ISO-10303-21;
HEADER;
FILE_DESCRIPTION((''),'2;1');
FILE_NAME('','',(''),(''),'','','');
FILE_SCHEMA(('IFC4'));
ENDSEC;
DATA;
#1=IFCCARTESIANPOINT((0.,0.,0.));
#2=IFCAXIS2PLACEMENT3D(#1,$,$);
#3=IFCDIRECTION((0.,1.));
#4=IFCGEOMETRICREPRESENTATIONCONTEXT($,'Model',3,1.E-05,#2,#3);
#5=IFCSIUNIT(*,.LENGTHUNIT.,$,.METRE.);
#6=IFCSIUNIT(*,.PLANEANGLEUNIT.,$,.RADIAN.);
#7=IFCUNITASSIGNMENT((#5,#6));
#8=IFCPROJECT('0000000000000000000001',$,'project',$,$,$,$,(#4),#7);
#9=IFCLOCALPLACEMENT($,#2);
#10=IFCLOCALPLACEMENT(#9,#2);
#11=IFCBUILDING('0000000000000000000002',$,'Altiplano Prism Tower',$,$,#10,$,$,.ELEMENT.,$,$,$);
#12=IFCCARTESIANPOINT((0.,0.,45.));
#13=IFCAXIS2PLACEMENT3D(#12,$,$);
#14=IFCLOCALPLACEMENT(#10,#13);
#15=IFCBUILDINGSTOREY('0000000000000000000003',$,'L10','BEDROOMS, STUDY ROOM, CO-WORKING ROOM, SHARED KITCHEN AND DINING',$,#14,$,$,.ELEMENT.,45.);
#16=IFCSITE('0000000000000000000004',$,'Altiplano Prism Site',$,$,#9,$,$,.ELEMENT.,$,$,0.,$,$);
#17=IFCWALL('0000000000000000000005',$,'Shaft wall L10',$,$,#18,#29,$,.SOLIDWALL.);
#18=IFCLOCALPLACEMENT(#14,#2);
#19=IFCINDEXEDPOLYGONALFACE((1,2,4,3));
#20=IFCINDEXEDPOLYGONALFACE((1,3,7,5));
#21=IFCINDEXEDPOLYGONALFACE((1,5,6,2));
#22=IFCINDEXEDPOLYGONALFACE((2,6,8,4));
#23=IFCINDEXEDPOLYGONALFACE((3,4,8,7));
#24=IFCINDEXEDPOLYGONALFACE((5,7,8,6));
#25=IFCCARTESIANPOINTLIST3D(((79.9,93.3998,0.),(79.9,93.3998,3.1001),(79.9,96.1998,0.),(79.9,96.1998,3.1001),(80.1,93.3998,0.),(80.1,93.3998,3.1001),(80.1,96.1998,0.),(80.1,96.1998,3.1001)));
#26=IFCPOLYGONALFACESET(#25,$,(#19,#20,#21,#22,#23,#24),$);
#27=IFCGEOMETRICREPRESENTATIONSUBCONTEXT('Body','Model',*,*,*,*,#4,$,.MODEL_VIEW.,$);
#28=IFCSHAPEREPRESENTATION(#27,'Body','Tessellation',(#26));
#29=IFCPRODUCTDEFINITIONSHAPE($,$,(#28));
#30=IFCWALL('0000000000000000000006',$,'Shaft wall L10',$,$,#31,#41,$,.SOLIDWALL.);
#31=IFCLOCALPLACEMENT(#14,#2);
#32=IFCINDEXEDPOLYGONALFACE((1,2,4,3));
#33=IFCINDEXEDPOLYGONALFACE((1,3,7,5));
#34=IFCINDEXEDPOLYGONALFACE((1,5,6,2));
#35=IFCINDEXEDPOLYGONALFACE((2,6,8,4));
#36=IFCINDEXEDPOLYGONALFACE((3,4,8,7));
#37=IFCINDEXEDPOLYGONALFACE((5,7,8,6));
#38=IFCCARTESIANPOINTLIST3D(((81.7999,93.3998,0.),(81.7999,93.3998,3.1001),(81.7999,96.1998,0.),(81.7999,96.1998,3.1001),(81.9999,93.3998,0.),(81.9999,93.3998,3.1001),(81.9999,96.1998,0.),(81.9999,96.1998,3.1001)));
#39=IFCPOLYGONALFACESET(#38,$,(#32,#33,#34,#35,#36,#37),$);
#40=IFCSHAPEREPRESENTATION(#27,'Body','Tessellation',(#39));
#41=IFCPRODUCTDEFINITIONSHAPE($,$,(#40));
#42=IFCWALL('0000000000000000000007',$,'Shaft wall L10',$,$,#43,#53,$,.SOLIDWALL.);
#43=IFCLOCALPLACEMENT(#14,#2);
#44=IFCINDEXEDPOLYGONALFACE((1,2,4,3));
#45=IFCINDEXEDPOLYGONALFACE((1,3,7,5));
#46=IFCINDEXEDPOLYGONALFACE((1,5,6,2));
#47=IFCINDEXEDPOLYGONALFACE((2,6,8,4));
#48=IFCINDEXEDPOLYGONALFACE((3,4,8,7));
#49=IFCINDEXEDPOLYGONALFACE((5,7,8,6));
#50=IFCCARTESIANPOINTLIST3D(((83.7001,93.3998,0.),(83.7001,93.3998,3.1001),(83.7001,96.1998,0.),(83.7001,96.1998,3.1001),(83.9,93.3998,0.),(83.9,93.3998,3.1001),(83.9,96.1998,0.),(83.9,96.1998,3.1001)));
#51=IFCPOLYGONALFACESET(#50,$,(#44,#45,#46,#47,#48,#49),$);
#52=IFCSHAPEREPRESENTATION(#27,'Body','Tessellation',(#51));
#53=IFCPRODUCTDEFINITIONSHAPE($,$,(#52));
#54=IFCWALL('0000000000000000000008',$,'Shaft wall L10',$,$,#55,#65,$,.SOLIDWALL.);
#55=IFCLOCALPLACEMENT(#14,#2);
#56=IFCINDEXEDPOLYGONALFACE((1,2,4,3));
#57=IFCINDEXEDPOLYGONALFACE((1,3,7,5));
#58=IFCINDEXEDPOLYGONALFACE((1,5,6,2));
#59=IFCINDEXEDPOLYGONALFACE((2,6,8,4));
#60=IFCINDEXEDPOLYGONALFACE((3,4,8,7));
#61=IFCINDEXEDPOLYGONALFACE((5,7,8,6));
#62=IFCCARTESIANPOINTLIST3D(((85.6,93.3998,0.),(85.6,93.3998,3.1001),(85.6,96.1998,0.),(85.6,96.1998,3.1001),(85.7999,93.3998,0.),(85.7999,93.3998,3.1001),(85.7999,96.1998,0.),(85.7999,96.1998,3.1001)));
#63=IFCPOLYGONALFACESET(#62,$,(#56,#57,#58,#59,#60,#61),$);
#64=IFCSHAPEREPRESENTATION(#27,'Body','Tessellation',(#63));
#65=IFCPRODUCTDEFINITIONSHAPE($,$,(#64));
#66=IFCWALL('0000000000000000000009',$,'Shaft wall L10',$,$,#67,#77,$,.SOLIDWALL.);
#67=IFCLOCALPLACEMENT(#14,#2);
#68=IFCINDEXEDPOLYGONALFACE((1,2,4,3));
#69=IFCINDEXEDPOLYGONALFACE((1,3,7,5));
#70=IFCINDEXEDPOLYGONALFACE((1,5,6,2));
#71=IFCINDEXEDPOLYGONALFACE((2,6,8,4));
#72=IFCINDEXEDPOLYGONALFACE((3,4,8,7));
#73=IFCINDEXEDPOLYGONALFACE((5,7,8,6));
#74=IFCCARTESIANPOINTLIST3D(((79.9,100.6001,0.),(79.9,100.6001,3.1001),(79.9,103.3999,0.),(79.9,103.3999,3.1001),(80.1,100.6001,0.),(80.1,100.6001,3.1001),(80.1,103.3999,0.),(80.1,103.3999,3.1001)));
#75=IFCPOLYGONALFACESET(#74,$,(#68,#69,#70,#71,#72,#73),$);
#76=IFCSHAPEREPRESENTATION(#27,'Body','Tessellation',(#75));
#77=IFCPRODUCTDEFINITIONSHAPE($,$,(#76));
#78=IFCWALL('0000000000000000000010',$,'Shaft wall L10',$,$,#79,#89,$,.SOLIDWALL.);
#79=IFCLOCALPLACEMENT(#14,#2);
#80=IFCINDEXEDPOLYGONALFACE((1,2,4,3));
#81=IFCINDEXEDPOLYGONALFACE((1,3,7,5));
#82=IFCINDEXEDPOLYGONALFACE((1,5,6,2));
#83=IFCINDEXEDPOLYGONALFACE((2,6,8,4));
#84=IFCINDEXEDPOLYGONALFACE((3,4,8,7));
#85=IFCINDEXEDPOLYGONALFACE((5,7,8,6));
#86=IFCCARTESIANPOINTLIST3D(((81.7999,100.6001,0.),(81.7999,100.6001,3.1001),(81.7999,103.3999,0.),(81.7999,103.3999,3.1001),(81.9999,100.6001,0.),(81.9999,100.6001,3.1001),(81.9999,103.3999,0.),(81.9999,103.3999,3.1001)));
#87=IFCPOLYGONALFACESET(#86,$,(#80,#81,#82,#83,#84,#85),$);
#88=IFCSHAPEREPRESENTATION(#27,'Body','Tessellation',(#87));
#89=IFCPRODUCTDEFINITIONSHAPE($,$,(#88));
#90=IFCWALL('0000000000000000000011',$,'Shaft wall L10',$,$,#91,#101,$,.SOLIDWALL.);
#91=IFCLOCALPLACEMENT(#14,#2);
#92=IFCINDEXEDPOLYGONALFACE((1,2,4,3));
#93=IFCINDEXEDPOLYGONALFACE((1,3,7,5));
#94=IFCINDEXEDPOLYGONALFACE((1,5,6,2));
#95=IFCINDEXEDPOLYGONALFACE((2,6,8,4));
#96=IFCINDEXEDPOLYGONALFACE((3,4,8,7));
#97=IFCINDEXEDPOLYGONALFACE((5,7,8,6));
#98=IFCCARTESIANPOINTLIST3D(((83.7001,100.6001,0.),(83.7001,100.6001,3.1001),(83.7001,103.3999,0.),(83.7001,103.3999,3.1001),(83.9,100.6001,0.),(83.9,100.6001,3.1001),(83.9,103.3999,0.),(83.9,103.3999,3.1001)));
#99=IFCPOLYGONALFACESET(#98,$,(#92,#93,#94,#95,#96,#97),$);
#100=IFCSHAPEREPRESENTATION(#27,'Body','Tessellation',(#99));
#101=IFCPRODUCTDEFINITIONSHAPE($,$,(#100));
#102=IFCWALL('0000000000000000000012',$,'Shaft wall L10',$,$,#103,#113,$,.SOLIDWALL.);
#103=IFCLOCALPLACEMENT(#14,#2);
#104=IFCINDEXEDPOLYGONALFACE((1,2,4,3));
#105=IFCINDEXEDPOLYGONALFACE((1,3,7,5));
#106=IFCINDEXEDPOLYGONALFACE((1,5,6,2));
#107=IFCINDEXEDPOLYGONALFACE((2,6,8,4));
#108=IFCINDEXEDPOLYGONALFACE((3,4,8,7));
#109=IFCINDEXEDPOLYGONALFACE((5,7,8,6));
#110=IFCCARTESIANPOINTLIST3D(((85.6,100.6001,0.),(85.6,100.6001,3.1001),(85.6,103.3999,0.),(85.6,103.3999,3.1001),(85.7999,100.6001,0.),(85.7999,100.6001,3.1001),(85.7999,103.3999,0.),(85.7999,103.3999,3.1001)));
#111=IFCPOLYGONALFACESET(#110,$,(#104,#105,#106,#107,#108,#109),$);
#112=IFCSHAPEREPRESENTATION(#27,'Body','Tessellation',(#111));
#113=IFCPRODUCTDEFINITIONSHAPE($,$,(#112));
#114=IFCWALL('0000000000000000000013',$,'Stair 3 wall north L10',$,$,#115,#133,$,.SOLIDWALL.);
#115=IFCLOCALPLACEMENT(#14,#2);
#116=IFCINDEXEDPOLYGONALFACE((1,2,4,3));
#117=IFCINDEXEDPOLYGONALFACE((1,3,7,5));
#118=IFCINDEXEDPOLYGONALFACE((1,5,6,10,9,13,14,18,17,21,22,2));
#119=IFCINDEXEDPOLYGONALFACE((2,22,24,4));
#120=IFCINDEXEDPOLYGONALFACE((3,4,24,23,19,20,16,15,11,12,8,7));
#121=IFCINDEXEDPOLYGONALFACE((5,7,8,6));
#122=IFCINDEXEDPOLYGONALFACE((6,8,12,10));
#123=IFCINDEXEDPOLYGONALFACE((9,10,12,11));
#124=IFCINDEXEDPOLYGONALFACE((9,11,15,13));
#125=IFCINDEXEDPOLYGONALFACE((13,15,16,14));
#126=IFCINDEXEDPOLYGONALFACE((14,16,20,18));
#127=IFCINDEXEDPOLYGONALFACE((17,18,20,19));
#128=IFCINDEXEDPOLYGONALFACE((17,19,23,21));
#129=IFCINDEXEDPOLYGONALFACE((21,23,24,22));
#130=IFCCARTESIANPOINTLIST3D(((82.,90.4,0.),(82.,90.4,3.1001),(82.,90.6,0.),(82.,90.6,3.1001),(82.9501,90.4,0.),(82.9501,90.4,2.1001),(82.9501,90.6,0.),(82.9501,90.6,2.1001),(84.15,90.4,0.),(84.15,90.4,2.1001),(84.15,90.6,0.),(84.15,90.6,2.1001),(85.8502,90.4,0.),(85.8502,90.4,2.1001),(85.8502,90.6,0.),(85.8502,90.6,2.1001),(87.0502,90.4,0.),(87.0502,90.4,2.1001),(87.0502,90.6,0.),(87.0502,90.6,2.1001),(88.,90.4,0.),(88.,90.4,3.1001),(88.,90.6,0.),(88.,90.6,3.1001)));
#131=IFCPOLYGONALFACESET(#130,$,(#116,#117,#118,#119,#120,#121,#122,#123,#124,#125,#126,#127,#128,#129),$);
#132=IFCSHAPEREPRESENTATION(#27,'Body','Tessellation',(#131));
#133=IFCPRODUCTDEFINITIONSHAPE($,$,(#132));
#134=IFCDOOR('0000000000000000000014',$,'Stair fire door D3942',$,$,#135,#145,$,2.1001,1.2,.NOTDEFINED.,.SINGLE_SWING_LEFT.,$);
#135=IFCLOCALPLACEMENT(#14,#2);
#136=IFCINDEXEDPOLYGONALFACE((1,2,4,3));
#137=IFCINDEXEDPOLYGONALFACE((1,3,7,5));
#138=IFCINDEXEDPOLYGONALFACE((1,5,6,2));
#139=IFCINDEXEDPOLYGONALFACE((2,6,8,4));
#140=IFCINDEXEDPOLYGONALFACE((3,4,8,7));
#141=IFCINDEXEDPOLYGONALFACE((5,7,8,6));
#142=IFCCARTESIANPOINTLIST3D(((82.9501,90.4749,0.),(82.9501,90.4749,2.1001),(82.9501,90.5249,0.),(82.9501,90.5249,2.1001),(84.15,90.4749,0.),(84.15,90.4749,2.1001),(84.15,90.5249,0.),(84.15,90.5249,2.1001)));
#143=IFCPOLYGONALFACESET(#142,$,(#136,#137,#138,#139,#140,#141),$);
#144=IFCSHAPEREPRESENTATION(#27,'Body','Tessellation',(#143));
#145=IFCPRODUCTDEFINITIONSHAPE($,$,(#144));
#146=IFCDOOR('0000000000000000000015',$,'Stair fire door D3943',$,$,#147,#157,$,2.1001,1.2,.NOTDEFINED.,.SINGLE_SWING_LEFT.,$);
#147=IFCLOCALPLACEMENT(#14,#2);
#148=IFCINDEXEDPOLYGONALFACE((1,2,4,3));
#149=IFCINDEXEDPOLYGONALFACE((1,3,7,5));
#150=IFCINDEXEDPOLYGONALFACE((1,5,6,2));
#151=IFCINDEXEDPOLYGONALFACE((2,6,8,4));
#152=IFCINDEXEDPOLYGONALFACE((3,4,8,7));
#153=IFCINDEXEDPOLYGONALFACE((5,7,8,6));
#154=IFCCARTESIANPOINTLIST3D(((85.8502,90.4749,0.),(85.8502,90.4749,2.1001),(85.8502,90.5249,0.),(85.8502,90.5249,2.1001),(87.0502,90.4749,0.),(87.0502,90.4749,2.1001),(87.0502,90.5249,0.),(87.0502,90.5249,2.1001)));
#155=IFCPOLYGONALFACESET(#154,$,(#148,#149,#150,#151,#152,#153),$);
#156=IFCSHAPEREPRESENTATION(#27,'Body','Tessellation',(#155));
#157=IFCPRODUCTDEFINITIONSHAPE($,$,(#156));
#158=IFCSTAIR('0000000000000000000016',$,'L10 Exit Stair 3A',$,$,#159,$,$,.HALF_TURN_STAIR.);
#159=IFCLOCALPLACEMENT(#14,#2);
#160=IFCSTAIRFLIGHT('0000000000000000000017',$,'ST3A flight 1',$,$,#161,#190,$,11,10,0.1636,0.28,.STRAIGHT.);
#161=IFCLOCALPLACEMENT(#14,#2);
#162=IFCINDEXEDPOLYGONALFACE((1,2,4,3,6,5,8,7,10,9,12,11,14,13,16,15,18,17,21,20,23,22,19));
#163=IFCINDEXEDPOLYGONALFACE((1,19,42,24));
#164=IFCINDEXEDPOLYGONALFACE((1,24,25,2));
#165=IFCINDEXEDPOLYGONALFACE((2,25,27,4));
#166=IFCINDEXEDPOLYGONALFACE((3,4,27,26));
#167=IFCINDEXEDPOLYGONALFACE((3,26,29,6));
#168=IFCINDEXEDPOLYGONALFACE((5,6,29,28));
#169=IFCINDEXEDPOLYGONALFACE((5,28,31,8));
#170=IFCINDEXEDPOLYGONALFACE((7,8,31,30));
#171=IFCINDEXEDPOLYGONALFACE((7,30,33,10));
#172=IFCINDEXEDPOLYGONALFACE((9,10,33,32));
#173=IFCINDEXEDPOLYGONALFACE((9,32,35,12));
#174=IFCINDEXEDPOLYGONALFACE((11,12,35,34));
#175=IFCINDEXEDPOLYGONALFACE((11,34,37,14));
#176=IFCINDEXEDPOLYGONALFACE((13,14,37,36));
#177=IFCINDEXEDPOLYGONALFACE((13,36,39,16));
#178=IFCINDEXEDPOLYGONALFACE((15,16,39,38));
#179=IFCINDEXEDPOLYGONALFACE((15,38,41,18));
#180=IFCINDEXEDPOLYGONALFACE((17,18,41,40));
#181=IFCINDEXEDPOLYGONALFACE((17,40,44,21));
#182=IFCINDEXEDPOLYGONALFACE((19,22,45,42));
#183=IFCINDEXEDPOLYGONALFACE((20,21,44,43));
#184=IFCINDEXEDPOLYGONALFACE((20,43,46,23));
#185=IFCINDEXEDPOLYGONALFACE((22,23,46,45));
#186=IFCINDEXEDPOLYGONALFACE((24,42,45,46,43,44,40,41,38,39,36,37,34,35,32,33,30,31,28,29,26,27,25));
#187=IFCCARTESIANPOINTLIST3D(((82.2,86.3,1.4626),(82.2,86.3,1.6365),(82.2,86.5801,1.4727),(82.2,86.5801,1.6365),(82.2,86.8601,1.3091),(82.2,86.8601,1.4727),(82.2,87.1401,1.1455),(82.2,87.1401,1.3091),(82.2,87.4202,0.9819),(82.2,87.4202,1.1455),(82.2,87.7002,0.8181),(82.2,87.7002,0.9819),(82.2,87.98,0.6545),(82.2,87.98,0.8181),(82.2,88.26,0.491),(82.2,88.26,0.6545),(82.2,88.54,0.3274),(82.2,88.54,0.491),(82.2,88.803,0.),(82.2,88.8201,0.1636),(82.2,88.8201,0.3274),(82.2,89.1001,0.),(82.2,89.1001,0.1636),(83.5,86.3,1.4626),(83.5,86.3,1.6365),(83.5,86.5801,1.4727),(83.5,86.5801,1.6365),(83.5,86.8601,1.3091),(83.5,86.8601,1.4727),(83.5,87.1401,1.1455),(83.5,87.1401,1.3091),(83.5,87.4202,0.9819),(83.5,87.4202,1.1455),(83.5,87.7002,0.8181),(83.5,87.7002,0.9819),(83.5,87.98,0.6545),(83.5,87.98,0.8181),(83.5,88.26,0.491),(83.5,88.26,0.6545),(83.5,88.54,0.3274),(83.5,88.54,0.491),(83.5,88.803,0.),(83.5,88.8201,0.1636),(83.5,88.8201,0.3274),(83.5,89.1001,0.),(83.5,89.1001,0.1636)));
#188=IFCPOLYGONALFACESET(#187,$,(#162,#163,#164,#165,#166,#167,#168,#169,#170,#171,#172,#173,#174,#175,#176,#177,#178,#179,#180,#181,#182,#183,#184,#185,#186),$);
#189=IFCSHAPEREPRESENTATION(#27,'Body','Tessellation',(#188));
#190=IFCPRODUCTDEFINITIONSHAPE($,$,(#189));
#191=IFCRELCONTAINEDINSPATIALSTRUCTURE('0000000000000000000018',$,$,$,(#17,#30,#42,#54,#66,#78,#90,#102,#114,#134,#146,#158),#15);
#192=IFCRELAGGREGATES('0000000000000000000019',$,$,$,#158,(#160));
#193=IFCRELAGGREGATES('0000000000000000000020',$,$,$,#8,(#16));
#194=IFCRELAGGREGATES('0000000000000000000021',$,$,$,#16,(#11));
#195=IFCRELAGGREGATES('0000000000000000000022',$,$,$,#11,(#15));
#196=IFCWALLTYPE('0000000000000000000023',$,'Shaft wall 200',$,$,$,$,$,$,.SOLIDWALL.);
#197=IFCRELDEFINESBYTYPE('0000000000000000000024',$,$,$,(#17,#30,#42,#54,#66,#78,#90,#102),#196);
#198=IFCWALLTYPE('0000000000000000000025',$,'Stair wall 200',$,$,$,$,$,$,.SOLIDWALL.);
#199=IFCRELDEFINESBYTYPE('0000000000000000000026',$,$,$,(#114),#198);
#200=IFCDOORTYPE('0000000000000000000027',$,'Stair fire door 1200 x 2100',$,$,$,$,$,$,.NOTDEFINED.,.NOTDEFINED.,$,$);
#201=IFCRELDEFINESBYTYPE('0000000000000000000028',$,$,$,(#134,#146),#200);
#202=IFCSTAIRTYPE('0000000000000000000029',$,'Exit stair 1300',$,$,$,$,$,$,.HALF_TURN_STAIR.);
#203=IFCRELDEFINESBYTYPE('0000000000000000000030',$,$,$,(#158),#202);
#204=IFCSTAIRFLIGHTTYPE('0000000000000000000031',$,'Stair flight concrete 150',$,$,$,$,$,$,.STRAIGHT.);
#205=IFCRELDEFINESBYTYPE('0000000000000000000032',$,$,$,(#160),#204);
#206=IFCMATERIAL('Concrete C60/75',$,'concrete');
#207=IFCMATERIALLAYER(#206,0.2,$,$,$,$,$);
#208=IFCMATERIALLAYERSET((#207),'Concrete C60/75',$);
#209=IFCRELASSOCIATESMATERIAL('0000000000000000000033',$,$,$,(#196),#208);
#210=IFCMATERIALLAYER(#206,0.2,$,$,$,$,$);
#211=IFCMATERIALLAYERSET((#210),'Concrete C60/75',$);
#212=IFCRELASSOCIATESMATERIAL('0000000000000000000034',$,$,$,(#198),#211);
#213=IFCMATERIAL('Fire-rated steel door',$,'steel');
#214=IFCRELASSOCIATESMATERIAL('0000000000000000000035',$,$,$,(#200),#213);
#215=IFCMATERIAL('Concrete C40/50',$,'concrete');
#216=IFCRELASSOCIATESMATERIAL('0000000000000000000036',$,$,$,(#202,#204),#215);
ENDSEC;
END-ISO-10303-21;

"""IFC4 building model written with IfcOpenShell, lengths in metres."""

from ifc_helpers import new_model, si_unit, direction, frame, frame_2d, origin, place, context, subcontext, project, spatial, polyline, rectangle, outline, extrude, material, layer, layer_set, type_object, element, fill, aggregate, save


model = new_model("IFC4")

# Units and contexts
model_context = context("Model", 3, precision=1e-05, world=origin(), true_north=direction((0.0, 1.0)))
body_context = subcontext(model_context, "Body", "Model", "MODEL_VIEW")
ifc_project = project(units=[si_unit("LENGTHUNIT", "METRE"), si_unit("PLANEANGLEUNIT", "RADIAN")], contexts=[model_context])

# Site, building, storey
site_placement = place(None, origin())
site = spatial("IfcSite", under=ifc_project, at=site_placement, Name="Altiplano Prism Site", CompositionType="ELEMENT", RefElevation=0.0)
building_placement = place(site_placement, origin())
building = spatial("IfcBuilding", under=site, at=building_placement, Name="Altiplano Prism Tower", CompositionType="ELEMENT")
storey_placement = place(building_placement, frame((0.0, 0.0, 45.0)))
storey = spatial("IfcBuildingStorey", under=building, at=storey_placement, Name="L10", Description="BEDROOMS, STUDY ROOM, CO-WORKING ROOM, SHARED KITCHEN AND DINING", CompositionType="ELEMENT", Elevation=45.0)

# Walls
ifc_material_1 = material(Name="Concrete C60/75", Category="concrete")
ifc_layer_1 = layer(ifc_material_1, 0.2)
ifc_layer_set_1 = layer_set([ifc_layer_1], Name="Concrete C60/75")
wall_type_1 = type_object("IfcWallType", Name="Shaft wall 200", PredefinedType="SOLIDWALL", material=ifc_layer_set_1)
for number, where, z_axis, x_axis, name in (
    (1, (80.0, 93.3999, 0.0), (0.0, 0.0, 1.0), (0.0, 1.0, 0.0), "Shaft wall L10"),
    (2, (81.8999, 93.3999, 0.0), (0.0, 0.0, 1.0), (0.0, 1.0, 0.0), "Shaft wall L10"),
    (3, (83.8, 93.3999, 0.0), (0.0, 0.0, 1.0), (0.0, 1.0, 0.0), "Shaft wall L10"),
    (4, (85.7, 93.3999, 0.0), (0.0, 0.0, 1.0), (0.0, 1.0, 0.0), "Shaft wall L10"),
):
    element("IfcWall", number, at=place(storey_placement, frame(where, z_axis=z_axis, x_axis=x_axis)), inside=storey, type_object=wall_type_1, Name=name, PredefinedType="SOLIDWALL", context=body_context, shape_type="SweptSolid", body=[
        extrude(rectangle(XDim=2.8, YDim=0.2, at=frame_2d((1.3999, 0.0))), origin(), (0.0, 0.0, 1.0), 3.1001),
    ])
for number, where, z_axis, x_axis, name in (
    (5, (80.0, 100.6001, 0.0), (0.0, 0.0, 1.0), (0.0, 1.0, 0.0), "Shaft wall L10"),
    (6, (81.8999, 100.6001, 0.0), (0.0, 0.0, 1.0), (0.0, 1.0, 0.0), "Shaft wall L10"),
    (7, (83.8, 100.6001, 0.0), (0.0, 0.0, 1.0), (0.0, 1.0, 0.0), "Shaft wall L10"),
    (8, (85.7, 100.6001, 0.0), (0.0, 0.0, 1.0), (0.0, 1.0, 0.0), "Shaft wall L10"),
):
    element("IfcWall", number, at=place(storey_placement, frame(where, z_axis=z_axis, x_axis=x_axis)), inside=storey, type_object=wall_type_1, Name=name, PredefinedType="SOLIDWALL", context=body_context, shape_type="SweptSolid", body=[
        extrude(rectangle(XDim=2.7998, YDim=0.2, at=frame_2d((1.3999, 0.0))), origin(), (0.0, 0.0, 1.0), 3.1001),
    ])

# Wall, openings, doors
ifc_layer_2 = layer(ifc_material_1, 0.2)
ifc_layer_set_2 = layer_set([ifc_layer_2], Name="Concrete C60/75")
wall_type_2 = type_object("IfcWallType", Name="Stair wall 200", PredefinedType="SOLIDWALL", material=ifc_layer_set_2)
wall_placement = place(storey_placement, frame((82.0, 90.5, 0.0), z_axis=(0.0, 0.0, 1.0), x_axis=(1.0, 0.0, 0.0)))
wall = element("IfcWall", 9, at=wall_placement, inside=storey, type_object=wall_type_2, Name="Stair 3 wall north L10", PredefinedType="SOLIDWALL", context=body_context, shape_type="SweptSolid", body=[
    extrude(rectangle(XDim=6.0, YDim=0.2, at=frame_2d((3.0, 0.0))), origin(), (0.0, 0.0, 1.0), 3.1001),
])
opening_1_placement = place(wall_placement, frame((0.95, 0.0, 0.0)))
opening_1 = element("IfcOpeningElement", 10, at=opening_1_placement, cuts=wall, PredefinedType="OPENING", context=body_context, shape_type="SweptSolid", body=[
    extrude(rectangle(XDim=1.2, YDim=2.1001, at=frame_2d((0.6001, 1.05))), frame((0.0, 0.1104, 0.0), z_axis=(0.0, -1.0, 0.0), x_axis=(1.0, 0.0, 0.0)), (0.0, 0.0, 1.0), 0.2209),
])
opening_2_placement = place(wall_placement, frame((3.8501, 0.0, 0.0)))
opening_2 = element("IfcOpeningElement", 11, at=opening_2_placement, cuts=wall, PredefinedType="OPENING", context=body_context, shape_type="SweptSolid", body=[
    extrude(rectangle(XDim=1.2, YDim=2.1001, at=frame_2d((0.6001, 1.05))), frame((0.0, 0.1104, 0.0), z_axis=(0.0, -1.0, 0.0), x_axis=(1.0, 0.0, 0.0)), (0.0, 0.0, 1.0), 0.2209),
])
ifc_material_2 = material(Name="Fire-rated steel door", Category="steel")
door_type = type_object("IfcDoorType", Name="Stair fire door 1200 x 2100", OperationType="NOTDEFINED", PredefinedType="NOTDEFINED", material=ifc_material_2)
door_1_placement = place(opening_1_placement, origin())
door_1 = element("IfcDoor", 12, at=door_1_placement, inside=storey, type_object=door_type, Name="Stair fire door D3942", OperationType="SINGLE_SWING_LEFT", OverallHeight=2.1001, OverallWidth=1.2, PredefinedType="NOTDEFINED", context=body_context, shape_type="SweptSolid", body=[
    extrude(rectangle(XDim=1.2, YDim=2.1001, at=frame_2d((0.6001, 1.05))), frame((0.0, 0.0249, 0.0), z_axis=(0.0, -1.0, 0.0), x_axis=(1.0, 0.0, 0.0)), (0.0, 0.0, 1.0), 0.05),
])
fill(opening_1, door_1)
door_2_placement = place(opening_2_placement, origin())
door_2 = element("IfcDoor", 13, at=door_2_placement, inside=storey, type_object=door_type, Name="Stair fire door D3943", OperationType="SINGLE_SWING_LEFT", OverallHeight=2.1001, OverallWidth=1.2, PredefinedType="NOTDEFINED", context=body_context, shape_type="SweptSolid", body=[
    extrude(rectangle(XDim=1.2, YDim=2.1001, at=frame_2d((0.6001, 1.05))), frame((0.0, 0.0249, 0.0), z_axis=(0.0, -1.0, 0.0), x_axis=(1.0, 0.0, 0.0)), (0.0, 0.0, 1.0), 0.05),
])
fill(opening_2, door_2)

# Stair, stair flight
ifc_material_3 = material(Name="Concrete C40/50", Category="concrete")
stair_type = type_object("IfcStairType", Name="Exit stair 1300", PredefinedType="HALF_TURN_STAIR", material=ifc_material_3)
stair_1_placement = place(storey_placement, origin())
stair_1 = element("IfcStair", 14, at=stair_1_placement, inside=storey, type_object=stair_type, Name="L10 Exit Stair 3A", PredefinedType="HALF_TURN_STAIR")
stair_flight_type = type_object("IfcStairFlightType", Name="Stair flight concrete 150", PredefinedType="STRAIGHT", material=ifc_material_3)
stair_flight_1_placement = place(storey_placement, frame((82.8501, 89.1001, 0.0), z_axis=(0.0, 0.0, 1.0), x_axis=(0.0, -1.0, 0.0)))
stair_flight_1 = element("IfcStairFlight", 15, at=stair_flight_1_placement, type_object=stair_flight_type, Name="ST3A flight 1", NumberOfRisers=11, NumberOfTreads=10, PredefinedType="STRAIGHT", RiserHeight=0.1636, TreadLength=0.28, context=body_context, shape_type="SweptSolid", body=[
    extrude(outline(polyline([(0.0, 0.0), (0.0, 0.1636), (0.28, 0.1636), (0.28, 0.3274), (0.5601, 0.3274), (0.5601, 0.491), (0.8401, 0.491), (0.8401, 0.6545), (1.1201, 0.6545), (1.1201, 0.8181), (1.3999, 0.8181), (1.3999, 0.9819), (1.6799, 0.9819), (1.6799, 1.1455), (1.96, 1.1455), (1.96, 1.3091), (2.24, 1.3091), (2.24, 1.4727), (2.52, 1.4727), (2.52, 1.6365), (2.8, 1.6365), (2.8, 1.8), (2.8, 1.4626), (0.2971, 0.0), (0.0, 0.0)])), frame((0.0, 0.6499, 0.0), z_axis=(0.0, -1.0, 0.0), x_axis=(1.0, 0.0, 0.0)), (0.0, 0.0, 1.0), 1.3),
])
aggregate(stair_1, [stair_flight_1])

save(model, "model.ifc")
